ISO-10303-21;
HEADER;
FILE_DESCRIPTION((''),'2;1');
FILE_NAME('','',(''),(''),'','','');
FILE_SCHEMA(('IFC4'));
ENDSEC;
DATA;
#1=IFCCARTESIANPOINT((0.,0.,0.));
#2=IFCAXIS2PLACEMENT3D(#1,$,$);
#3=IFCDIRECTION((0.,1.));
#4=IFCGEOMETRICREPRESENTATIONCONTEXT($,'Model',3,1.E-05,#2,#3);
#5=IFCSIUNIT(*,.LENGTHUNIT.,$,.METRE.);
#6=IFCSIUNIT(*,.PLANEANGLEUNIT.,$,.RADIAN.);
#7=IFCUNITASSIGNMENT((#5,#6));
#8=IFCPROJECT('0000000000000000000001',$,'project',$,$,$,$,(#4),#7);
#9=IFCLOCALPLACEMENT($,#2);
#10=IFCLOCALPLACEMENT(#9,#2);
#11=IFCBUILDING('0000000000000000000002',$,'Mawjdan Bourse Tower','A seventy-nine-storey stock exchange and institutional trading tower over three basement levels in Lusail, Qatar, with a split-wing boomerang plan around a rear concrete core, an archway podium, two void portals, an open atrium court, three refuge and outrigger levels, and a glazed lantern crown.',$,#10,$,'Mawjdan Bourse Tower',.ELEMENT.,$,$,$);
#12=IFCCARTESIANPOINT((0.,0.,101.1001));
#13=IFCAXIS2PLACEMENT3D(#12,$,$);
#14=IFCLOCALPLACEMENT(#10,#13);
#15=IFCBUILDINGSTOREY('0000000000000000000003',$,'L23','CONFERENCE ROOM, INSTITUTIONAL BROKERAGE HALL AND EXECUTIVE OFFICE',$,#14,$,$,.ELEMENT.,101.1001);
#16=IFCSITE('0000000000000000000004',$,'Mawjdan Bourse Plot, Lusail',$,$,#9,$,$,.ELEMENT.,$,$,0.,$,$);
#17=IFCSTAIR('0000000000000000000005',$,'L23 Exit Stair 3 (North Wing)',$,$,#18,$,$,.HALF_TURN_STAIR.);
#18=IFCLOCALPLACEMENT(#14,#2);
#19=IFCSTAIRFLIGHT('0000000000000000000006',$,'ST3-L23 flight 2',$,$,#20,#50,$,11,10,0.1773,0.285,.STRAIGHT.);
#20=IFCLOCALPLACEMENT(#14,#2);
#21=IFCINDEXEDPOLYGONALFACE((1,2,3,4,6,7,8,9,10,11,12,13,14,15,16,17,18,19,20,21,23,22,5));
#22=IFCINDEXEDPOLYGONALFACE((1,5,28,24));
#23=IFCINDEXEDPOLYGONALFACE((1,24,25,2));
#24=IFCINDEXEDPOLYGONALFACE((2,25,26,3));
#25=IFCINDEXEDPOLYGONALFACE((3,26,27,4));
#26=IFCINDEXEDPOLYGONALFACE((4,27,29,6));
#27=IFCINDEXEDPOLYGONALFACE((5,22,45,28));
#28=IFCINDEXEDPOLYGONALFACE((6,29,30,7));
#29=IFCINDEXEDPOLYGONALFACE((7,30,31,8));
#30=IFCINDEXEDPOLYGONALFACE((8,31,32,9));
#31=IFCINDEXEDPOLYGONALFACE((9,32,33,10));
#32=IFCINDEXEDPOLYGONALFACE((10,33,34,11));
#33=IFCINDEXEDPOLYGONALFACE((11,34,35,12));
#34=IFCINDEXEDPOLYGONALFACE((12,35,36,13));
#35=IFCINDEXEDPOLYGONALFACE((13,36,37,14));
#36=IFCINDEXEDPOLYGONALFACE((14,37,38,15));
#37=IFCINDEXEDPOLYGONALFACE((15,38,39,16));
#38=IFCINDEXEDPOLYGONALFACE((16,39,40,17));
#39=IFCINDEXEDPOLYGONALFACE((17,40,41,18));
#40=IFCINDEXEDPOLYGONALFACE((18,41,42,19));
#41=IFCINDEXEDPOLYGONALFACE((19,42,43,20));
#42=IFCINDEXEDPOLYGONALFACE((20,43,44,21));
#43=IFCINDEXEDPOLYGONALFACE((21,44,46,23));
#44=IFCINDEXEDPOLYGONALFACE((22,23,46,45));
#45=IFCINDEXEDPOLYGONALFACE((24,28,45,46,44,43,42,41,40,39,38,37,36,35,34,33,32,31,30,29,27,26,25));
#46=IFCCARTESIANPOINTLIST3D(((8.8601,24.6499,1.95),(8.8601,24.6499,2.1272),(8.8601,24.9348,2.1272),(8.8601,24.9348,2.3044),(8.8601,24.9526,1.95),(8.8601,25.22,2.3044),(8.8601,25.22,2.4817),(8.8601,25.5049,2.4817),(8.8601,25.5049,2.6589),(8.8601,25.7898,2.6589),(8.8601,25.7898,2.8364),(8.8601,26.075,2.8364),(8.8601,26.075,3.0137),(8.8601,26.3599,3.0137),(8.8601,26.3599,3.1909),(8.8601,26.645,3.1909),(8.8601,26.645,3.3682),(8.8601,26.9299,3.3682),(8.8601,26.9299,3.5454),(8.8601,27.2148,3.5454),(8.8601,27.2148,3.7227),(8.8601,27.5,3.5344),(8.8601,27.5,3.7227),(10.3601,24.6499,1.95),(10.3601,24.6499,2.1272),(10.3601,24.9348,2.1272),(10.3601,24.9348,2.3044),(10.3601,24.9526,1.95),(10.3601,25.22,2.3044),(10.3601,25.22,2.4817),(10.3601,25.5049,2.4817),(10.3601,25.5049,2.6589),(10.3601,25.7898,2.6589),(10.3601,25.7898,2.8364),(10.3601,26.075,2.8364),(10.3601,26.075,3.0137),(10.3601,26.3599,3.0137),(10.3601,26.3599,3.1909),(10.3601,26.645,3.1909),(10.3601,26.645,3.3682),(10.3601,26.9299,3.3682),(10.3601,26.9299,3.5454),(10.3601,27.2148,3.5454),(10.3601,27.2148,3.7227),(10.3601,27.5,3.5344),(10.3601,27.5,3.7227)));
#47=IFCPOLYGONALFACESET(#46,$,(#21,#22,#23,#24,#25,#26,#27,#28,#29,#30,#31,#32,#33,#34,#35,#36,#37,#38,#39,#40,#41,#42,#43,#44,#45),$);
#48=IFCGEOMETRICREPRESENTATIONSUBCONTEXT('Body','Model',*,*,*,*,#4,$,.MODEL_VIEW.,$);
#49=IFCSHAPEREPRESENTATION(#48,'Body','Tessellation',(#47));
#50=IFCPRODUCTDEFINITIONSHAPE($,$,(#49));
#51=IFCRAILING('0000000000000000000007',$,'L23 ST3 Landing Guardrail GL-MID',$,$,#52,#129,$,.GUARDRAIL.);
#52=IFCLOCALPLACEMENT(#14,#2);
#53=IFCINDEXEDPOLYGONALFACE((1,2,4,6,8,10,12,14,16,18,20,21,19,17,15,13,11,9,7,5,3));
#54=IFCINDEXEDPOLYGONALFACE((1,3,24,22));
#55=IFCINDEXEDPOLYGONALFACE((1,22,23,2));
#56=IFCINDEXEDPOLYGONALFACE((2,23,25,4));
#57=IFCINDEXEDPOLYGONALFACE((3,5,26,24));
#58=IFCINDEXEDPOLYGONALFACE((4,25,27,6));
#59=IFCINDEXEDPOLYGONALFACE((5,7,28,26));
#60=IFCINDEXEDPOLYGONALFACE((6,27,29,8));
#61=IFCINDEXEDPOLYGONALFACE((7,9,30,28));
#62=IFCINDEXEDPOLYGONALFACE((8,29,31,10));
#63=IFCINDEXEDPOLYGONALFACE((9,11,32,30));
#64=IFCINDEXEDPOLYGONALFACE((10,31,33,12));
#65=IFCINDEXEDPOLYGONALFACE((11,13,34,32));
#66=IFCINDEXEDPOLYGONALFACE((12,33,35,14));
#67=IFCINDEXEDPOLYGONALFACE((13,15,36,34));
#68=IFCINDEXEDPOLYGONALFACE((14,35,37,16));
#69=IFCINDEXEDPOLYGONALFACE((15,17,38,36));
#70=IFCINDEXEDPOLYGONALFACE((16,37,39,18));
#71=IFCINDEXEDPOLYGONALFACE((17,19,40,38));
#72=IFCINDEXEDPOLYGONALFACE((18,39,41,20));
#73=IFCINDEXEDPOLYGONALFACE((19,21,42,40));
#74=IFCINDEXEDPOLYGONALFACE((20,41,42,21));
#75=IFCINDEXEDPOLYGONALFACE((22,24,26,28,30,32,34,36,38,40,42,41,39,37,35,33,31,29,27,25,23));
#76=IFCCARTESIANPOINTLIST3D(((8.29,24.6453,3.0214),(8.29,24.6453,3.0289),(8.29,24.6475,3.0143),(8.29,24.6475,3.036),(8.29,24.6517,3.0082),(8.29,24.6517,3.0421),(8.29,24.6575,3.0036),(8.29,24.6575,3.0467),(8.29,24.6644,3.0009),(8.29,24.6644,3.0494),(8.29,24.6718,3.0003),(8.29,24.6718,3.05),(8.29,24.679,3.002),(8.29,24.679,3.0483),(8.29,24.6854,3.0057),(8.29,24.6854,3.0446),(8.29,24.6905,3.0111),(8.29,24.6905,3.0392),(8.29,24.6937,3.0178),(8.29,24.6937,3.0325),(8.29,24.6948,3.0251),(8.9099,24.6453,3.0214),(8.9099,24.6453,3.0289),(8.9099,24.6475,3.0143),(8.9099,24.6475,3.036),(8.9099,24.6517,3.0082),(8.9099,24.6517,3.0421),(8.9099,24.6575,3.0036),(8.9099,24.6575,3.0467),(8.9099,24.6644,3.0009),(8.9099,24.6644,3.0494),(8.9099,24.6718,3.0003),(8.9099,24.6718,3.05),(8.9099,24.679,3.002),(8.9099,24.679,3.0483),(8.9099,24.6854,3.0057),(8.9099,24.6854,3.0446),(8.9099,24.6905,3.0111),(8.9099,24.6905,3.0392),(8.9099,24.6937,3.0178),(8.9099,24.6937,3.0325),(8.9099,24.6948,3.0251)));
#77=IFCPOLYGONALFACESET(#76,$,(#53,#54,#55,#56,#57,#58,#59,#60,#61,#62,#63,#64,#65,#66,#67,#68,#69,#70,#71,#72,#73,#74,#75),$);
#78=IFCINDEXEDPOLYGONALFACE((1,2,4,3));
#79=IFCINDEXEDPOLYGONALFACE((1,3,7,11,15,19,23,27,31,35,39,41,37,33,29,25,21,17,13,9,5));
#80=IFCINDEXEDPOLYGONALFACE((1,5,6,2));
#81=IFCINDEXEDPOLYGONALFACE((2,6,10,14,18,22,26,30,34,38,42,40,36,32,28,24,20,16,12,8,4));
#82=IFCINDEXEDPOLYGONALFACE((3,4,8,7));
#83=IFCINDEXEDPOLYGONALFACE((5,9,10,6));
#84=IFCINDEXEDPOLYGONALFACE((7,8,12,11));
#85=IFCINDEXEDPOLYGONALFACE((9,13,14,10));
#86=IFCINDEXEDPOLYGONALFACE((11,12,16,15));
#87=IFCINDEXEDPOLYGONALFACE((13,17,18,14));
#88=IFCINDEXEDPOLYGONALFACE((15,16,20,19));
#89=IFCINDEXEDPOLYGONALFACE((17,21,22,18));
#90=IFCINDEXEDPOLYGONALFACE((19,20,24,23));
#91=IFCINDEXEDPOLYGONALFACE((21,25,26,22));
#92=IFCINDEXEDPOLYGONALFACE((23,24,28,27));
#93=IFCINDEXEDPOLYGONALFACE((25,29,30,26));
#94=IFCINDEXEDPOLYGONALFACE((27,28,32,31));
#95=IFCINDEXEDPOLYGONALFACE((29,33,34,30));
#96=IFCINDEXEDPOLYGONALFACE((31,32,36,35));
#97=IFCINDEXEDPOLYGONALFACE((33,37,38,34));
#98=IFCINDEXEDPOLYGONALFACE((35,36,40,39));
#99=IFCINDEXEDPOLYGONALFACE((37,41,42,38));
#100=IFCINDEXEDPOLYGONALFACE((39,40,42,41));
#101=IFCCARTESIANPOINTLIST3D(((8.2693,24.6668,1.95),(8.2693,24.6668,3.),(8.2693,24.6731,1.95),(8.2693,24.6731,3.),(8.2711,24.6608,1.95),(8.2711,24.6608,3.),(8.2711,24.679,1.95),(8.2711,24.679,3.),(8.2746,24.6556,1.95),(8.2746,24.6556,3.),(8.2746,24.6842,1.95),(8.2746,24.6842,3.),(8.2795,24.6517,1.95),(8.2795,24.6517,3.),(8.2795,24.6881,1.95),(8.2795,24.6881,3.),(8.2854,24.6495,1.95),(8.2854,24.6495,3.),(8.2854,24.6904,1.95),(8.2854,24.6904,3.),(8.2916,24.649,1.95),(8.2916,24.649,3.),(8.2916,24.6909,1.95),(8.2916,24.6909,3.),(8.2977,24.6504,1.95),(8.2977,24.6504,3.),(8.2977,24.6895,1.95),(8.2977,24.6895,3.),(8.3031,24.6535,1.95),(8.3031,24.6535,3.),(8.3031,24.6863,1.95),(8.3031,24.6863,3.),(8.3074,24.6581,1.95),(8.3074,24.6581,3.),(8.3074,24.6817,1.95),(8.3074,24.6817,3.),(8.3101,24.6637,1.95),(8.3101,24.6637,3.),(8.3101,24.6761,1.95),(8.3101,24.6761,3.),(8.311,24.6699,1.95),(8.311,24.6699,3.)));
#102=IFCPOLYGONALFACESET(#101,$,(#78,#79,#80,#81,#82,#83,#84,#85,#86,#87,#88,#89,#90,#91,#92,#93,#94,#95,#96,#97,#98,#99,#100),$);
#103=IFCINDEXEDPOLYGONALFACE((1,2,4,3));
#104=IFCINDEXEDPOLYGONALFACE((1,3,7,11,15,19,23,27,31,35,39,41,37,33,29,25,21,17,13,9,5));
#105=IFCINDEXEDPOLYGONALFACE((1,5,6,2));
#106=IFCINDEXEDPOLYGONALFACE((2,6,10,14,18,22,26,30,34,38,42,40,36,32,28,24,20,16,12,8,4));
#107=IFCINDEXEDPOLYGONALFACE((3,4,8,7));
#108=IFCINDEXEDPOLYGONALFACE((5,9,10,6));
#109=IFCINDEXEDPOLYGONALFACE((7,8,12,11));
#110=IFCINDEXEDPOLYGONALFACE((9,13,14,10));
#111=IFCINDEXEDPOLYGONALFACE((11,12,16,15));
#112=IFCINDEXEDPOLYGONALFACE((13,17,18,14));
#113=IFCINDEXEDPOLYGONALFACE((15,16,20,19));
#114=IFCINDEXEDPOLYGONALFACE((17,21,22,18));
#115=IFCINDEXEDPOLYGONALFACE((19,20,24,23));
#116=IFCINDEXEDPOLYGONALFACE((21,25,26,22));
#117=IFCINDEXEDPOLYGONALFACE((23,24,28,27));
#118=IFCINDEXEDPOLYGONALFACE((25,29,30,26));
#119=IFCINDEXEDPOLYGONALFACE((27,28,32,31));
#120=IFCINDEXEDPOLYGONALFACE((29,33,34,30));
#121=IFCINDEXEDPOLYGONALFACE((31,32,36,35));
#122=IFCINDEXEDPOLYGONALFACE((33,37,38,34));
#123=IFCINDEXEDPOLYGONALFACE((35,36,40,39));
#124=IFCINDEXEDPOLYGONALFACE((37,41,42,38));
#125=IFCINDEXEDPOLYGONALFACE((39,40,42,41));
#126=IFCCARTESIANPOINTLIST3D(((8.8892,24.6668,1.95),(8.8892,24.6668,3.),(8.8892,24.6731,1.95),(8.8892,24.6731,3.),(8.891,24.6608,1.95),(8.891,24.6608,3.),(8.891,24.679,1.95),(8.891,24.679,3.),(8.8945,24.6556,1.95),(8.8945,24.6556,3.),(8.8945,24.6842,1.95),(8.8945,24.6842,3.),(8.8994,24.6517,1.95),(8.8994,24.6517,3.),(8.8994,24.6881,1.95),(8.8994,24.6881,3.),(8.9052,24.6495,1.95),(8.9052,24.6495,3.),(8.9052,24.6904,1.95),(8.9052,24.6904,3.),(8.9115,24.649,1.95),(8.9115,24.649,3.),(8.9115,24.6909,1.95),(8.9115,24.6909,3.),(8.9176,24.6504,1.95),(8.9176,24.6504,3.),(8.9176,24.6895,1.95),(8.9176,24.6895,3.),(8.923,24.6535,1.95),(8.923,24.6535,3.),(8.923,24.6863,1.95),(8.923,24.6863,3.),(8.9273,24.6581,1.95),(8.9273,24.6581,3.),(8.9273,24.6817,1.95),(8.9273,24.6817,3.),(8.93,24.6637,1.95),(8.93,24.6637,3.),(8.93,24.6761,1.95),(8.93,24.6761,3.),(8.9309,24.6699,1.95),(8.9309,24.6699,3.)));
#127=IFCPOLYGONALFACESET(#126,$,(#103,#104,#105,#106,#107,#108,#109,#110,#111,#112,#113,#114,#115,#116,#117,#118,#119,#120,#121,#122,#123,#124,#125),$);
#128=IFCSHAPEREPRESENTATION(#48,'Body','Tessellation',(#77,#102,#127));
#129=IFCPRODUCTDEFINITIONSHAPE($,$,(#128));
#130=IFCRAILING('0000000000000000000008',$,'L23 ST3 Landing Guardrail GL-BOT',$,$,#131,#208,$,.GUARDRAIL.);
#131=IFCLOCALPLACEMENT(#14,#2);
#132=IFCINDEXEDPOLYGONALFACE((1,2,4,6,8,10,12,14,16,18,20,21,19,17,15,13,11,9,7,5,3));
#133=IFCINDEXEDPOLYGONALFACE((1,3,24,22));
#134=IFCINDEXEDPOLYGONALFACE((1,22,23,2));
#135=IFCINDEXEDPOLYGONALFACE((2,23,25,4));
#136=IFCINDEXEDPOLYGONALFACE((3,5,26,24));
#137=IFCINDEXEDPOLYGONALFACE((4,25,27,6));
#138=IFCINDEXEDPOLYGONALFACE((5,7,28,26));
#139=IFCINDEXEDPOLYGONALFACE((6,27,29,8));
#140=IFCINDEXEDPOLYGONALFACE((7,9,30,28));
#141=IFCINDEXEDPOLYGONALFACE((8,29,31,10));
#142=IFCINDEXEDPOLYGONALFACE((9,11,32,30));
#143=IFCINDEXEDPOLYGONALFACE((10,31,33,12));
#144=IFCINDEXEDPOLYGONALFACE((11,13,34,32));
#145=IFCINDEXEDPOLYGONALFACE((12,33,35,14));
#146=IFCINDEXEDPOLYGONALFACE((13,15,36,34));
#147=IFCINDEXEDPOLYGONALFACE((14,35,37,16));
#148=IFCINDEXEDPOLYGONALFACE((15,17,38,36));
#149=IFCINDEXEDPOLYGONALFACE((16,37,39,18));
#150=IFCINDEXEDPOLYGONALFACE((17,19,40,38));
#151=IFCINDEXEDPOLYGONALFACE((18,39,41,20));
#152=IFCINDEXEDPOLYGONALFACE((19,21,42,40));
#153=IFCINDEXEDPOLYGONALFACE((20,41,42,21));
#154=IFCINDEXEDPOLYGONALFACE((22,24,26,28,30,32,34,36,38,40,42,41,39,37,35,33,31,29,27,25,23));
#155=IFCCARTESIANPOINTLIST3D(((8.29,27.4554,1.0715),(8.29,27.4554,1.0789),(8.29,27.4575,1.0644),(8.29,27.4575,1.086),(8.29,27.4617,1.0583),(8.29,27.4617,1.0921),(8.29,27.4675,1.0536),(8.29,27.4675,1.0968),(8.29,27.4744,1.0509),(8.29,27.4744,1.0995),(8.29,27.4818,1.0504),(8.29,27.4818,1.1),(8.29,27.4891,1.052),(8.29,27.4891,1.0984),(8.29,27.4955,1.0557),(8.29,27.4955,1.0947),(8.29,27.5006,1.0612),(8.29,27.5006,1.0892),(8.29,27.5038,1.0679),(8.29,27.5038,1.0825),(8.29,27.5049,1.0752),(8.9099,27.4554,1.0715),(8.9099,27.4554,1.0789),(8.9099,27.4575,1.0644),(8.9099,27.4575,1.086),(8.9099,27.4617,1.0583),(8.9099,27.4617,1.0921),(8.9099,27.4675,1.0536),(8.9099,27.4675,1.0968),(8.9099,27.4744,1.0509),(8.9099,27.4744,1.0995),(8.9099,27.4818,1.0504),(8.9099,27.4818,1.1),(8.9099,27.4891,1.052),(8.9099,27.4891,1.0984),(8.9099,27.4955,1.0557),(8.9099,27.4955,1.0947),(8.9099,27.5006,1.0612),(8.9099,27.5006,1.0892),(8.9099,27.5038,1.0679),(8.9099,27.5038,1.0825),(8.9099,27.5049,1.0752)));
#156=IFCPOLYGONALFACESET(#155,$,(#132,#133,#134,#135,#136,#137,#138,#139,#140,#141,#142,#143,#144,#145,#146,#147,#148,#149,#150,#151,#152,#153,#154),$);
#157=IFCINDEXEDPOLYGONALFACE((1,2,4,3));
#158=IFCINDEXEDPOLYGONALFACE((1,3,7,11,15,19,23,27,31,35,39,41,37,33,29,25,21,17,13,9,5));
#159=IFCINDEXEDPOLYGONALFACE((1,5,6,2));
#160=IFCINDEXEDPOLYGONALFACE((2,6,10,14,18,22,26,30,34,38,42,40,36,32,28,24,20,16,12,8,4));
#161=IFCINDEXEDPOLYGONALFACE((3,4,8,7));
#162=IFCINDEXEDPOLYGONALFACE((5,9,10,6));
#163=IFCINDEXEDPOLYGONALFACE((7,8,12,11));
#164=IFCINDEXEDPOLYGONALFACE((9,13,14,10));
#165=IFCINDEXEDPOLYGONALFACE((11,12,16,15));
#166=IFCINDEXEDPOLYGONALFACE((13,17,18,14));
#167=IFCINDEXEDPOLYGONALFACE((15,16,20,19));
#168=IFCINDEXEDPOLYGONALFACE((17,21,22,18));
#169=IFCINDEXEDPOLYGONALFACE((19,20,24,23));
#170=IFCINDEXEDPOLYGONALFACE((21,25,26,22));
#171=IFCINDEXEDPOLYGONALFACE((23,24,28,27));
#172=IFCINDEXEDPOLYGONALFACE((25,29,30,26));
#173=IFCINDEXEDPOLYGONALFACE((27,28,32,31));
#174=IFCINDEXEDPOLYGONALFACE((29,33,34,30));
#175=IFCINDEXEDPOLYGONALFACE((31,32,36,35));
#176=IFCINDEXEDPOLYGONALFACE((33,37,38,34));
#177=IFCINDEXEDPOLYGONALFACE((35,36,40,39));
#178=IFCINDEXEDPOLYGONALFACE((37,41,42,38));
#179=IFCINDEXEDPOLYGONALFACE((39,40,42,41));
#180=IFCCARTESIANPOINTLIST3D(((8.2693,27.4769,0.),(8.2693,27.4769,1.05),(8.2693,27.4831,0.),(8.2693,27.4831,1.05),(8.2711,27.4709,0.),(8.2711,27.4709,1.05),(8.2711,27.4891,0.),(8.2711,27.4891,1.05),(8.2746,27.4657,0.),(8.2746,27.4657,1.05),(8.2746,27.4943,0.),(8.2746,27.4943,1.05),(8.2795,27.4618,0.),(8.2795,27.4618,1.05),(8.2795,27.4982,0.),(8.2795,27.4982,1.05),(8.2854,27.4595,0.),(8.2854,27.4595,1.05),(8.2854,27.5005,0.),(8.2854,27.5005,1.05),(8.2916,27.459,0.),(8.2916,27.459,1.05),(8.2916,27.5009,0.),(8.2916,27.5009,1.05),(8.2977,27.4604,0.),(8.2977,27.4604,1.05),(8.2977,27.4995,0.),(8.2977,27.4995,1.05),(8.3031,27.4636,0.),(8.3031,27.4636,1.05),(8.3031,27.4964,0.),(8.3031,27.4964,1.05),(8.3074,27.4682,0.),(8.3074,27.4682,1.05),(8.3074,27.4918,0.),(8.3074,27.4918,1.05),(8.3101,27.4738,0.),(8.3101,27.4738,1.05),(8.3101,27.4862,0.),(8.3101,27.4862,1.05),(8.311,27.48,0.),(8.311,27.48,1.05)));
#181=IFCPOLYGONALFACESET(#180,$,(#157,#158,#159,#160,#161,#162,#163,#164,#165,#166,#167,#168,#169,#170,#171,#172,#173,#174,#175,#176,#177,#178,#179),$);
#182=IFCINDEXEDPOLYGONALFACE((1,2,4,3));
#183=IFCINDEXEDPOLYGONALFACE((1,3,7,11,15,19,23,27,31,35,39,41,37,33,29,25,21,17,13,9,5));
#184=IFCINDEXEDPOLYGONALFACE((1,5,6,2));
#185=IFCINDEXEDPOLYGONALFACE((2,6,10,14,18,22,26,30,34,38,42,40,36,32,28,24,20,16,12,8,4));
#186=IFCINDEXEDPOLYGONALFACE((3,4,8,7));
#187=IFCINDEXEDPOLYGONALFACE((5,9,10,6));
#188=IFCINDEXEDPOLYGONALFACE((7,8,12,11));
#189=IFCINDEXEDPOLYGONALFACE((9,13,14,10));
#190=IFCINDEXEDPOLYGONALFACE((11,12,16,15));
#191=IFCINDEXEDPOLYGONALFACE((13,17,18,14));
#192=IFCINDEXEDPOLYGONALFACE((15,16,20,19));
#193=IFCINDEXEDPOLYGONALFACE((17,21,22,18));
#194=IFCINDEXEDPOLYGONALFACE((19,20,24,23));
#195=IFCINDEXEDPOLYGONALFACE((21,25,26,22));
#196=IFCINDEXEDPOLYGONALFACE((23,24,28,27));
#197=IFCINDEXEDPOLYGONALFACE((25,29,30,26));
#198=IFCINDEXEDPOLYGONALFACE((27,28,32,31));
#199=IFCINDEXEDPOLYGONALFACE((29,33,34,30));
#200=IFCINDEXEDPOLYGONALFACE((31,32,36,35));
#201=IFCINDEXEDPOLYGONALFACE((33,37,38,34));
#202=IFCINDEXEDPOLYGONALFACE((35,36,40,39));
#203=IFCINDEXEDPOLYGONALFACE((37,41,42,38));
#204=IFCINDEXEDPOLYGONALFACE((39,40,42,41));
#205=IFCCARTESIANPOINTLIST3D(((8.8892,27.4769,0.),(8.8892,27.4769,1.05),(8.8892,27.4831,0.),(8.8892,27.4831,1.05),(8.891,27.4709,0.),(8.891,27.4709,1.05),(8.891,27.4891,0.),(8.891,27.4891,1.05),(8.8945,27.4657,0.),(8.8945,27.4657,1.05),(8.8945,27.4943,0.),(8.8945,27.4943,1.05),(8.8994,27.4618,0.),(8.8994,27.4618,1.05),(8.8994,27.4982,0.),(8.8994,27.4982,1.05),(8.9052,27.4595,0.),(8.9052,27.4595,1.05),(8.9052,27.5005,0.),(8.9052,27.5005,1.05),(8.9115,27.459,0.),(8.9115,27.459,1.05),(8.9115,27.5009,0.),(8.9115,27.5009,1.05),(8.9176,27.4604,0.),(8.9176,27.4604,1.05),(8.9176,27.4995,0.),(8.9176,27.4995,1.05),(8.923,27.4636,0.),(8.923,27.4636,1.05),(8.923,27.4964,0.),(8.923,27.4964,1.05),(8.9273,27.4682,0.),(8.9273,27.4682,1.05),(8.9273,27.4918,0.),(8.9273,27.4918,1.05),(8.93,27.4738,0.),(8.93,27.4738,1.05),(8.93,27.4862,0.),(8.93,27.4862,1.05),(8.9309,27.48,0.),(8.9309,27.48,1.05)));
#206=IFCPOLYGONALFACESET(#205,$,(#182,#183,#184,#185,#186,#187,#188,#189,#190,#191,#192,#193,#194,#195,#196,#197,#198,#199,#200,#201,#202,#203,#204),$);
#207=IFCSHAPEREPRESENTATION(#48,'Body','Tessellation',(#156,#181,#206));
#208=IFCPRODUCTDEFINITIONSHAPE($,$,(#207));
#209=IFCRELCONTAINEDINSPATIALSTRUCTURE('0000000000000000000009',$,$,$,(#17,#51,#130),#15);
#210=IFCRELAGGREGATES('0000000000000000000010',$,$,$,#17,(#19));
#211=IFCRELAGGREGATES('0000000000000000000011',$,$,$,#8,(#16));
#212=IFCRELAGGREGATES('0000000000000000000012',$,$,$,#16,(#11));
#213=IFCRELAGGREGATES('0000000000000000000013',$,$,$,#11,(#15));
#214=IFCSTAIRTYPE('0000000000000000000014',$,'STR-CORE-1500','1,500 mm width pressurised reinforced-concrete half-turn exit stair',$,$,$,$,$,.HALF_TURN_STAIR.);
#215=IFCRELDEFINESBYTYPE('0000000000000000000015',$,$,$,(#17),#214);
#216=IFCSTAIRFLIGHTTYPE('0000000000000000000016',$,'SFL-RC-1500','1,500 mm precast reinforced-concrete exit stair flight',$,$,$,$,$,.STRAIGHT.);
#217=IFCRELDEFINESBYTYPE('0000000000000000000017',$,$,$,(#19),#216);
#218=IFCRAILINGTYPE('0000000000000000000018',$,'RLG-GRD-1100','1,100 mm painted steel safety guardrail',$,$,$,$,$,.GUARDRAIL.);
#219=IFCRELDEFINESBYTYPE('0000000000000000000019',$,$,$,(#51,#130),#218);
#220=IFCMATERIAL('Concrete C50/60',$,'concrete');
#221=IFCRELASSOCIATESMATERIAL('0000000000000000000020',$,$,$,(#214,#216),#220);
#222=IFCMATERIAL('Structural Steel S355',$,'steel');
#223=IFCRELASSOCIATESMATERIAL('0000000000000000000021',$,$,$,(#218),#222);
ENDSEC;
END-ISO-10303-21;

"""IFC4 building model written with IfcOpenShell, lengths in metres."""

from ifc_helpers import new_model, si_unit, direction, frame, origin, origin_2d, place, context, subcontext, project, spatial, polyline, circle, outline, extrude, material, type_object, element, aggregate, save


model = new_model("IFC4")

# Units and contexts
model_context = context("Model", 3, precision=1e-05, world=origin(), true_north=direction((0.0, 1.0)))
body_context = subcontext(model_context, "Body", "Model", "MODEL_VIEW")
ifc_project = project(units=[si_unit("LENGTHUNIT", "METRE"), si_unit("PLANEANGLEUNIT", "RADIAN")], contexts=[model_context])

# Site, building, storey
site_placement = place(None, origin())
site = spatial("IfcSite", under=ifc_project, at=site_placement, Name="Mawjdan Bourse Plot, Lusail", CompositionType="ELEMENT", RefElevation=0.0)
building_placement = place(site_placement, origin())
building = spatial("IfcBuilding", under=site, at=building_placement, Name="Mawjdan Bourse Tower", Description="A seventy-nine-storey stock exchange and institutional trading tower over three basement levels in Lusail, Qatar, with a split-wing boomerang plan around a rear concrete core, an archway podium, two void portals, an open atrium court, three refuge and outrigger levels, and a glazed lantern crown.", LongName="Mawjdan Bourse Tower", CompositionType="ELEMENT")
storey_placement = place(building_placement, frame((0.0, 0.0, 101.1001)))
storey = spatial("IfcBuildingStorey", under=building, at=storey_placement, Name="L23", Description="CONFERENCE ROOM, INSTITUTIONAL BROKERAGE HALL AND EXECUTIVE OFFICE", CompositionType="ELEMENT", Elevation=101.1001)

# Shared definitions
ifc_material_1 = material(Name="Structural Steel S355", Category="steel")

# Shared definitions
ifc_material_2 = material(Name="Concrete C50/60", Category="concrete")

# Stair, stair flight
stair_type = type_object("IfcStairType", Name="STR-CORE-1500", Description="1,500 mm width pressurised reinforced-concrete half-turn exit stair", PredefinedType="HALF_TURN_STAIR", material=ifc_material_2)
stair_placement = place(storey_placement, origin())
stair = element("IfcStair", 1, at=stair_placement, inside=storey, type_object=stair_type, Name="L23 Exit Stair 3 (North Wing)", PredefinedType="HALF_TURN_STAIR")
stair_flight_type = type_object("IfcStairFlightType", Name="SFL-RC-1500", Description="1,500 mm precast reinforced-concrete exit stair flight", PredefinedType="STRAIGHT", material=ifc_material_2)
stair_flight_1_placement = place(storey_placement, frame((9.6101, 24.6499, 1.95), z_axis=(0.0, 0.0, 1.0), x_axis=(0.0, 1.0, 0.0)))
stair_flight_1 = element("IfcStairFlight", 2, at=stair_flight_1_placement, type_object=stair_flight_type, Name="ST3-L23 flight 2", NumberOfRisers=11, NumberOfTreads=10, PredefinedType="STRAIGHT", RiserHeight=0.1773, TreadLength=0.285, context=body_context, shape_type="SweptSolid", body=[
    extrude(outline(polyline([(0.0, 0.0), (0.0, 0.1772), (0.2849, 0.1772), (0.2849, 0.3545), (0.5701, 0.3545), (0.5701, 0.5317), (0.855, 0.5317), (0.855, 0.709), (1.1399, 0.709), (1.1399, 0.8865), (1.425, 0.8865), (1.425, 1.0637), (1.71, 1.0637), (1.71, 1.241), (1.9951, 1.241), (1.9951, 1.4182), (2.28, 1.4182), (2.28, 1.5955), (2.5649, 1.5955), (2.5649, 1.7727), (2.8501, 1.7727), (2.8501, 1.95), (2.8501, 1.5845), (0.3027, 0.0), (0.0, 0.0)])), frame((0.0, 0.75, 0.0), z_axis=(0.0, -1.0, 0.0), x_axis=(1.0, 0.0, 0.0)), (0.0, 0.0, 1.0), 1.5),
])
aggregate(stair, [stair_flight_1])

# Railings
railing_type_1 = type_object("IfcRailingType", Name="RLG-GRD-1100", Description="1,100 mm painted steel safety guardrail", PredefinedType="GUARDRAIL", material=ifc_material_1)
for number, where, name in (
    (3, (8.29, 24.6699, 1.95), "L23 ST3 Landing Guardrail GL-MID"),
    (4, (8.29, 27.48, 0.0), "L23 ST3 Landing Guardrail GL-BOT"),
):
    element("IfcRailing", number, at=place(storey_placement, frame(where)), inside=storey, type_object=railing_type_1, Name=name, PredefinedType="GUARDRAIL", context=body_context, shape_type="SweptSolid", body=[
        extrude(circle(Radius=0.0249, at=origin_2d()), frame((0.0, 0.0, 1.0752), z_axis=(1.0, 0.0, 0.0), x_axis=(0.0, 1.0, 0.0)), (0.0, 0.0, 1.0), 0.6199),
        extrude(circle(Radius=0.021, at=origin_2d()), origin(), (0.0, 0.0, 1.0), 1.05),
        extrude(circle(Radius=0.021, at=origin_2d()), frame((0.6199, 0.0, 0.0)), (0.0, 0.0, 1.0), 1.05),
    ])

save(model, "model.ifc")
